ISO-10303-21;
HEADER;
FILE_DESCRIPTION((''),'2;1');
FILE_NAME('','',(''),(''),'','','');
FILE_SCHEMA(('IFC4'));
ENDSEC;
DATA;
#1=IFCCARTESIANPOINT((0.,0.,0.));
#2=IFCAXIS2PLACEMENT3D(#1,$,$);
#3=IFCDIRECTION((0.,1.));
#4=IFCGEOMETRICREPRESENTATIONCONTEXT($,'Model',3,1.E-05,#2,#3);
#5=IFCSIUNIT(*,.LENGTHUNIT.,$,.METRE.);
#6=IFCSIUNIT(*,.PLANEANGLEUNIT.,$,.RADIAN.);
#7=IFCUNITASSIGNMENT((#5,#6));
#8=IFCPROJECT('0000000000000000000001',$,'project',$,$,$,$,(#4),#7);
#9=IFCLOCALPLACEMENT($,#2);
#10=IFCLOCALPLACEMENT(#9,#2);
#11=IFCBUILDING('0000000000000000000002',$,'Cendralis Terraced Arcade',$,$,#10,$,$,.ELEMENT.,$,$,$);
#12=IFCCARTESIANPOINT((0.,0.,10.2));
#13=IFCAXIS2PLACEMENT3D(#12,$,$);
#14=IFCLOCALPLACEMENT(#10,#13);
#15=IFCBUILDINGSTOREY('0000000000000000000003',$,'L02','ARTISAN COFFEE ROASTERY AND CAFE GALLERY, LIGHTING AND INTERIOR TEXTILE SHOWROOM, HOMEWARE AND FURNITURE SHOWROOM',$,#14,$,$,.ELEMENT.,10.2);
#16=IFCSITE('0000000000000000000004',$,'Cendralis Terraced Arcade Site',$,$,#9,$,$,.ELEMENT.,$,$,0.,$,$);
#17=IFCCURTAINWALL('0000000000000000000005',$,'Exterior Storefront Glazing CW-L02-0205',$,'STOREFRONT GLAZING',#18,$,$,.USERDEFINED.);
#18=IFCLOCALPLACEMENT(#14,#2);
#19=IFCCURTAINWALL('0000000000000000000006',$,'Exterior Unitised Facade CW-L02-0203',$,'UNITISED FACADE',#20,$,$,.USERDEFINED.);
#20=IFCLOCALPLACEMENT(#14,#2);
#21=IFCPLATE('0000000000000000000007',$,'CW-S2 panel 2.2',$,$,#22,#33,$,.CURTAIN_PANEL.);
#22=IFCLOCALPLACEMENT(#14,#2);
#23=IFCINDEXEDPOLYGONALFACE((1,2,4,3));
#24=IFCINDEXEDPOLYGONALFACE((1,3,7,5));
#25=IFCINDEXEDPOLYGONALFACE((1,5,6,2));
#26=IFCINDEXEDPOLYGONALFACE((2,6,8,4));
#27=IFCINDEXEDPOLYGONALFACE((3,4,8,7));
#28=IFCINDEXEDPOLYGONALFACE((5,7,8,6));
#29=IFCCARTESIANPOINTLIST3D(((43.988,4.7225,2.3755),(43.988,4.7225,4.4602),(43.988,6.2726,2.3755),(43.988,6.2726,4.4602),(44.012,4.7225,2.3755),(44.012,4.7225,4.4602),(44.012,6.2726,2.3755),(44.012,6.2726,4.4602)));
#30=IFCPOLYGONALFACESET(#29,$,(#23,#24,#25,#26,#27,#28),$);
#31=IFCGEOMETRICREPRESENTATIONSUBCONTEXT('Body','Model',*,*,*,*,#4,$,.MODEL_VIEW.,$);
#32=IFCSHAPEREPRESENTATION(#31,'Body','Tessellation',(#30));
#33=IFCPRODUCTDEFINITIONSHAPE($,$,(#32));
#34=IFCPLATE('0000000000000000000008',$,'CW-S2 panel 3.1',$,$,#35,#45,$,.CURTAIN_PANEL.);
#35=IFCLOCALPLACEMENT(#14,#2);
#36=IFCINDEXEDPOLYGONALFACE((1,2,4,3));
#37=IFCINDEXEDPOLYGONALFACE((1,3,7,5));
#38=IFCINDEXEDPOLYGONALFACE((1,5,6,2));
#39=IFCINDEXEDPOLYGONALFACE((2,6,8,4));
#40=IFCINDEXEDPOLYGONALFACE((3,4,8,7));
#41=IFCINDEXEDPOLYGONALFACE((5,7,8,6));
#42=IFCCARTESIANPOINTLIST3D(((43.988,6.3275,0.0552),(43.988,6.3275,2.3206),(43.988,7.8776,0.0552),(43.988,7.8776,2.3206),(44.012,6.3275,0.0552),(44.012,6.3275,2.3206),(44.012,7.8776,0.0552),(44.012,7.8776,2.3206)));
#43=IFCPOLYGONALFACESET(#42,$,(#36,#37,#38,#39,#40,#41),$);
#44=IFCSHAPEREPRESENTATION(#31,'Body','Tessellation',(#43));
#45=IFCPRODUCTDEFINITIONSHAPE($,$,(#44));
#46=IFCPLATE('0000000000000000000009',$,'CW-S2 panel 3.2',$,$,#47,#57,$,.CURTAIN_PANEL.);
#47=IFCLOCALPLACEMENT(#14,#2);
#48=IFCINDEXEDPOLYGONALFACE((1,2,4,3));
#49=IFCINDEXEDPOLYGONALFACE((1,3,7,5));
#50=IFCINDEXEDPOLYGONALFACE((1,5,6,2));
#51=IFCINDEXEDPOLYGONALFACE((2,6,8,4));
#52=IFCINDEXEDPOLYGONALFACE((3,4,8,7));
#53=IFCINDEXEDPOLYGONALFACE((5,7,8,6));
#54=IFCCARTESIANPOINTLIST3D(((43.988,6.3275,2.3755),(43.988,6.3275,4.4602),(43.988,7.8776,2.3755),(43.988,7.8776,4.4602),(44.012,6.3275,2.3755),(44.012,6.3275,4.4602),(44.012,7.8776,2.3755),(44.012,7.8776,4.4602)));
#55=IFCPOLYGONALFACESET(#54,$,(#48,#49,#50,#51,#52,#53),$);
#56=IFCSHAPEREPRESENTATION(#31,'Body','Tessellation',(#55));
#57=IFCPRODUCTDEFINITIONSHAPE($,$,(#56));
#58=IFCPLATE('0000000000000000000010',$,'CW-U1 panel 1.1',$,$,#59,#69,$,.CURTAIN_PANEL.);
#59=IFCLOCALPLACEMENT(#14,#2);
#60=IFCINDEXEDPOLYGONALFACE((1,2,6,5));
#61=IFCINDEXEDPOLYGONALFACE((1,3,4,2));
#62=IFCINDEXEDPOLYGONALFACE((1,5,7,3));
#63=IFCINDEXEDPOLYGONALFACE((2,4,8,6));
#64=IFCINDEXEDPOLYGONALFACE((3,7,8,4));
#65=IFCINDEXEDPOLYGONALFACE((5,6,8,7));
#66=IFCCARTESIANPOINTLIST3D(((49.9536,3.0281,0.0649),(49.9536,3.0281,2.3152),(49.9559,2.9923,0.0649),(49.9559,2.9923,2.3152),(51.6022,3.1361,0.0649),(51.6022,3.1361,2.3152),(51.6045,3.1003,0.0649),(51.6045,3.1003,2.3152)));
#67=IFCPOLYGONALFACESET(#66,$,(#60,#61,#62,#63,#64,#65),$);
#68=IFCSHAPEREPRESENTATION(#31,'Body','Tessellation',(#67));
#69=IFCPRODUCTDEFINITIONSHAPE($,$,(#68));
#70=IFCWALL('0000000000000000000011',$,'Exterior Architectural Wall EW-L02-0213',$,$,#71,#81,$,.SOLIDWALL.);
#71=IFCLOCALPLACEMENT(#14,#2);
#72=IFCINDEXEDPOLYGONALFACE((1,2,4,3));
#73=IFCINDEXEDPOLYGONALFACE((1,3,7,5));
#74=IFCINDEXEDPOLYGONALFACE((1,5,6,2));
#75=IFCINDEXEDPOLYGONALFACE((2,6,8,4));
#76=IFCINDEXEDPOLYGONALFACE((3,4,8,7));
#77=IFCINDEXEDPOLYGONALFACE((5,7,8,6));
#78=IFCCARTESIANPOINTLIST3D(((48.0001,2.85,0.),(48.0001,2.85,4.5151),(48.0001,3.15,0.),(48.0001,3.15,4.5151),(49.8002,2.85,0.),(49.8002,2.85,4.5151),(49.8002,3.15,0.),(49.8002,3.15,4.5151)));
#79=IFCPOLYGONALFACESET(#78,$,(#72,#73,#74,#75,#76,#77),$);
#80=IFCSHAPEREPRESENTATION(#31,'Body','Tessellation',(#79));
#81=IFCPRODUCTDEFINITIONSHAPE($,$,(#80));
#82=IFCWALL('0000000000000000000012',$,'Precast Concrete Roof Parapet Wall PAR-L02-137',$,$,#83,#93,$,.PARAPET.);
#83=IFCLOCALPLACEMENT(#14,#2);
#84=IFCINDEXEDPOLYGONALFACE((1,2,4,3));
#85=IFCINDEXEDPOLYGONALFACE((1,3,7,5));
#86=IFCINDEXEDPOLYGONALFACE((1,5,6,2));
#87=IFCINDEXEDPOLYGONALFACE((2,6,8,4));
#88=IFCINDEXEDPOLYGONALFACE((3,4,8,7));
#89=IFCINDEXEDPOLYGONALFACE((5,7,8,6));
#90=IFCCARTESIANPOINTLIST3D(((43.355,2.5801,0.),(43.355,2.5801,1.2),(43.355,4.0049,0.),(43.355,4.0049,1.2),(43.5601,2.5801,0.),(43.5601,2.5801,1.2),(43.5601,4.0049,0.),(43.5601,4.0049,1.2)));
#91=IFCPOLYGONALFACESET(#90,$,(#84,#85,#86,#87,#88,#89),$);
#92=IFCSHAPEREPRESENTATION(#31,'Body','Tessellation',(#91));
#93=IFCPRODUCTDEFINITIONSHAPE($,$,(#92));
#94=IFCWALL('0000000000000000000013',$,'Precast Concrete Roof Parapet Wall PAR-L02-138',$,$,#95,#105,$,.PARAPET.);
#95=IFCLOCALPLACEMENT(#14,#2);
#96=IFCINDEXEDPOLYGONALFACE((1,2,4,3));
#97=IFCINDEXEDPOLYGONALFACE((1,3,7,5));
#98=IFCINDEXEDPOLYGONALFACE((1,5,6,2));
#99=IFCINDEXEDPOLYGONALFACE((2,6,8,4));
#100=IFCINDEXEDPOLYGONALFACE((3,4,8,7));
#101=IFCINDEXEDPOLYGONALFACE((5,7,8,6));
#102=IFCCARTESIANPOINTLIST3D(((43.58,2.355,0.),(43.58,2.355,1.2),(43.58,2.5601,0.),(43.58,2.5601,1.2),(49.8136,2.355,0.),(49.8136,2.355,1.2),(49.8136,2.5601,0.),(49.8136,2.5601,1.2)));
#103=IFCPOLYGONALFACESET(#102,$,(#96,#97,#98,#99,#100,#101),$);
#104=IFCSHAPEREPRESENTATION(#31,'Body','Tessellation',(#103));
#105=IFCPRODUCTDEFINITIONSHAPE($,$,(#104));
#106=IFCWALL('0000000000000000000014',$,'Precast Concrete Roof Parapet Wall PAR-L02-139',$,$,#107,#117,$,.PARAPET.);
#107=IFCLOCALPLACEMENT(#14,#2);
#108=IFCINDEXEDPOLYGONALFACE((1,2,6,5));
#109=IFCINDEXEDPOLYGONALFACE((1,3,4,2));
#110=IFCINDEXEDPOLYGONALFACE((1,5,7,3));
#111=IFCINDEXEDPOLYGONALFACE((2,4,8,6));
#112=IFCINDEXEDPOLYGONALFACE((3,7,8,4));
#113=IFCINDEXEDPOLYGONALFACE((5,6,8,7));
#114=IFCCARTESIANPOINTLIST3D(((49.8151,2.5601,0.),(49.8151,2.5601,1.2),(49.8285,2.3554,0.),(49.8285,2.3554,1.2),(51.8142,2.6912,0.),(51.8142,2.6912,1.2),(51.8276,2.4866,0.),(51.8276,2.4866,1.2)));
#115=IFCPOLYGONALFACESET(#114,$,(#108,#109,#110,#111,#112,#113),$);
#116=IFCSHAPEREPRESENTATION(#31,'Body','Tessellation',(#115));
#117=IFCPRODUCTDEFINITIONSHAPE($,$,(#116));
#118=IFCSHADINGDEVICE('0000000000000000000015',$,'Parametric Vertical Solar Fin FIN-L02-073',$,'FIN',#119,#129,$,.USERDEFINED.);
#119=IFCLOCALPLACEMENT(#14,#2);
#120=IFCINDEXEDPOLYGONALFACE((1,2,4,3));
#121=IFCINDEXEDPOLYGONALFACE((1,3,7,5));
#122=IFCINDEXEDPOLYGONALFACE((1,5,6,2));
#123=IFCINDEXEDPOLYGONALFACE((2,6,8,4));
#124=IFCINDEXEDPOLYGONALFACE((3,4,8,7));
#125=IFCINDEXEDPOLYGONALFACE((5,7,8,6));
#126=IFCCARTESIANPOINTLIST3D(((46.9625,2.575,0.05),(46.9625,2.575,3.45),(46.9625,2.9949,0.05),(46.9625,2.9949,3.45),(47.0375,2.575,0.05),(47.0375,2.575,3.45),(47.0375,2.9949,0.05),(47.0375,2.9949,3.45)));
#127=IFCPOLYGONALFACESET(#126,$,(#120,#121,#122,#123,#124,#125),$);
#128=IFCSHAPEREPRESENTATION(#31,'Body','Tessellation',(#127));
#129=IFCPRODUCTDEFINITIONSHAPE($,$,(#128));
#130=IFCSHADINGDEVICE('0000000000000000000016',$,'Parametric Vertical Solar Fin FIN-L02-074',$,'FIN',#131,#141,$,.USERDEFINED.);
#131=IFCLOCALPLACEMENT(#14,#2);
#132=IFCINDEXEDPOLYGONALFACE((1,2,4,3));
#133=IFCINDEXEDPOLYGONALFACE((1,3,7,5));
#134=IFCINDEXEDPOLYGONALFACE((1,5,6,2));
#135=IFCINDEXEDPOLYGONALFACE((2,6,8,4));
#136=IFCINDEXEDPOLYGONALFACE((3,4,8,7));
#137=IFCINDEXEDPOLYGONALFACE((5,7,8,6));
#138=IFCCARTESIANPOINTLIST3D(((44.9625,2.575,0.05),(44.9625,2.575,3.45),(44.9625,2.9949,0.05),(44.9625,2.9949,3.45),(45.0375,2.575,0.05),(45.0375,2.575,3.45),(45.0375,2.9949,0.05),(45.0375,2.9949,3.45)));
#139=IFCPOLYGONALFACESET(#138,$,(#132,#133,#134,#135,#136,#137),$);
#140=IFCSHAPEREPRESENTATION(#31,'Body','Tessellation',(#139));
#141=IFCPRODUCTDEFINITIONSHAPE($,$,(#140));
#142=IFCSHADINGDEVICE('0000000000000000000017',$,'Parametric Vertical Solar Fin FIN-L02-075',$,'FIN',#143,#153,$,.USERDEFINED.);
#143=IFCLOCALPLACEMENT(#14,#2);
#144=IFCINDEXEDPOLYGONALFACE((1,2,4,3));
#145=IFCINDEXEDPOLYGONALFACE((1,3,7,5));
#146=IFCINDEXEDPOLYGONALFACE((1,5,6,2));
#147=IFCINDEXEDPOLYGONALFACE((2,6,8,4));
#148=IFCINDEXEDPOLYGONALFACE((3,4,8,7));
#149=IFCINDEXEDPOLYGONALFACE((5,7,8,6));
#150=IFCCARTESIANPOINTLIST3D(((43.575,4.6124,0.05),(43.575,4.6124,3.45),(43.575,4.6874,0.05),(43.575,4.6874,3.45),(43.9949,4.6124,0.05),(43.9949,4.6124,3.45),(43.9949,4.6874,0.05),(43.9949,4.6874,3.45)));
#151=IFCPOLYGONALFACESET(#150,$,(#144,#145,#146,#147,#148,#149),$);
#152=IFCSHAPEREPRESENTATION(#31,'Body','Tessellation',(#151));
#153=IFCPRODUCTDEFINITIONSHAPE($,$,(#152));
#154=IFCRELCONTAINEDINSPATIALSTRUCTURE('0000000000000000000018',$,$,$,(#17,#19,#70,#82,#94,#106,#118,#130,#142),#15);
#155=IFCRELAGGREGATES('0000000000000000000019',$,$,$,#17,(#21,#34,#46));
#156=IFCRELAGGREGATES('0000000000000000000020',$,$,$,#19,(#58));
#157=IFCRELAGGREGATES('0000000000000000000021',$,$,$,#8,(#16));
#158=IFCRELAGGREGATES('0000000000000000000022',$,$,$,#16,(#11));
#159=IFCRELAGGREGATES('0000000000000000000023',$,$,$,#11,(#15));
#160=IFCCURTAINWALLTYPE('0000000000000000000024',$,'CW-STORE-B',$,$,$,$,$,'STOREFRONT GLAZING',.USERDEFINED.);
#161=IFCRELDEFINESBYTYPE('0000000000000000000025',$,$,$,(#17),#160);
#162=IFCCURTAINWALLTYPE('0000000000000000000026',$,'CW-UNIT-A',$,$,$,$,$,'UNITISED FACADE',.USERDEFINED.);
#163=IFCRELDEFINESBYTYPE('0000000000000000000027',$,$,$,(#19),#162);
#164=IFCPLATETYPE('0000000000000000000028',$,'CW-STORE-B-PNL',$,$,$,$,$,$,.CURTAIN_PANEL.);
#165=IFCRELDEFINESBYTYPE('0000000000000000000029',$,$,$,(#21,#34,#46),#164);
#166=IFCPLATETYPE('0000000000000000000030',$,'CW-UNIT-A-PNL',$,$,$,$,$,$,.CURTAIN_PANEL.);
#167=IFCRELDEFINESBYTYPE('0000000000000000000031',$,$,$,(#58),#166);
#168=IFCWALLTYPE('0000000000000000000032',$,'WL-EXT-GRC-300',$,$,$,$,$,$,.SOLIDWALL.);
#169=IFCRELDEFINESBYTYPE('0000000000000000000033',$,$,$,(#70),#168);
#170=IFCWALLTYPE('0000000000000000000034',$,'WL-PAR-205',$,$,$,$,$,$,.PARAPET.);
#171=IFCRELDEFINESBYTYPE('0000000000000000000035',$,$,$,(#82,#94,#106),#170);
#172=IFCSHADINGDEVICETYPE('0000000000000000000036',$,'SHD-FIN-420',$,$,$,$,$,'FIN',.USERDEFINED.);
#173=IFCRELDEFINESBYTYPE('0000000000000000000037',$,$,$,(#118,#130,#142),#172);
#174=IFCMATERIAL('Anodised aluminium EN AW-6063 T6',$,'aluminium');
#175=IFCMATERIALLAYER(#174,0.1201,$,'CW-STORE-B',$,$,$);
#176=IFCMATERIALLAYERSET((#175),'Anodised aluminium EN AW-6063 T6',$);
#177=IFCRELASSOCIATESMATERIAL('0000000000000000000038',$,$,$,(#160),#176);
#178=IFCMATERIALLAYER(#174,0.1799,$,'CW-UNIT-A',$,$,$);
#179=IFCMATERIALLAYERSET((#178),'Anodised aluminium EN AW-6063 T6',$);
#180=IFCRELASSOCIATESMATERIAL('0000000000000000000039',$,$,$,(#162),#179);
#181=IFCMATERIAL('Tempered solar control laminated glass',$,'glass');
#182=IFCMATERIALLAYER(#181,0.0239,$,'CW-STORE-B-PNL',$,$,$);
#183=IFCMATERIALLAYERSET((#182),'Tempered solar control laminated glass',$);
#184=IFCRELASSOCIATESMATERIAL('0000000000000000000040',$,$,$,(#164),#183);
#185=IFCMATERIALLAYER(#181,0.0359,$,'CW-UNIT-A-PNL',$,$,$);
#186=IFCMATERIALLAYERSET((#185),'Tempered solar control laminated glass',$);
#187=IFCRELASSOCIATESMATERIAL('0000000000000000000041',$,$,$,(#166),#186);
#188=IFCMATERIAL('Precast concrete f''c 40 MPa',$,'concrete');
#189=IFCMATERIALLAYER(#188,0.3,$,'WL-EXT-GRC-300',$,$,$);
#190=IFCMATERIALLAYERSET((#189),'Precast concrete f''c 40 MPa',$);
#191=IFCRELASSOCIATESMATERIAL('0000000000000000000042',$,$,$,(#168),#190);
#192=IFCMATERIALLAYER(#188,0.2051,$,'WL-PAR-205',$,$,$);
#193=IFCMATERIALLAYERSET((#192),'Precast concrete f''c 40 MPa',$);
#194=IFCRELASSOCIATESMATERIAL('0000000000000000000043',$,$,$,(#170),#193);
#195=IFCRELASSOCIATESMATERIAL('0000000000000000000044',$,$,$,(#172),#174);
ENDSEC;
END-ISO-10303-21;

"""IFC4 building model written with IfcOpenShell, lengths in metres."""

from ifc_helpers import new_model, si_unit, direction, frame, frame_2d, origin, origin_2d, place, context, subcontext, project, spatial, rectangle, extrude, material, layer, layer_set, type_object, element, aggregate, save


model = new_model("IFC4")

# Units and contexts
model_context = context("Model", 3, precision=1e-05, world=origin(), true_north=direction((0.0, 1.0)))
body_context = subcontext(model_context, "Body", "Model", "MODEL_VIEW")
ifc_project = project(units=[si_unit("LENGTHUNIT", "METRE"), si_unit("PLANEANGLEUNIT", "RADIAN")], contexts=[model_context])

# Site, building, storey
site_placement = place(None, origin())
site = spatial("IfcSite", under=ifc_project, at=site_placement, Name="Cendralis Terraced Arcade Site", CompositionType="ELEMENT", RefElevation=0.0)
building_placement = place(site_placement, origin())
building = spatial("IfcBuilding", under=site, at=building_placement, Name="Cendralis Terraced Arcade", CompositionType="ELEMENT")
storey_placement = place(building_placement, frame((0.0, 0.0, 10.2)))
storey = spatial("IfcBuildingStorey", under=building, at=storey_placement, Name="L02", Description="ARTISAN COFFEE ROASTERY AND CAFE GALLERY, LIGHTING AND INTERIOR TEXTILE SHOWROOM, HOMEWARE AND FURNITURE SHOWROOM", CompositionType="ELEMENT", Elevation=10.2)

# Curtain wall
ifc_material_1 = material(Name="Anodised aluminium EN AW-6063 T6", Category="aluminium")
ifc_layer_1 = layer(ifc_material_1, 0.1201, Name="CW-STORE-B")
ifc_layer_set_1 = layer_set([ifc_layer_1], Name="Anodised aluminium EN AW-6063 T6")
curtain_wall_type_1 = type_object("IfcCurtainWallType", Name="CW-STORE-B", ElementType="STOREFRONT GLAZING", PredefinedType="USERDEFINED", material=ifc_layer_set_1)
curtain_wall_1_placement = place(storey_placement, origin())
curtain_wall_1 = element("IfcCurtainWall", 1, at=curtain_wall_1_placement, inside=storey, type_object=curtain_wall_type_1, Name="Exterior Storefront Glazing CW-L02-0205", ObjectType="STOREFRONT GLAZING", PredefinedType="USERDEFINED")

# Curtain wall
ifc_layer_2 = layer(ifc_material_1, 0.1799, Name="CW-UNIT-A")
ifc_layer_set_2 = layer_set([ifc_layer_2], Name="Anodised aluminium EN AW-6063 T6")
curtain_wall_type_2 = type_object("IfcCurtainWallType", Name="CW-UNIT-A", ElementType="UNITISED FACADE", PredefinedType="USERDEFINED", material=ifc_layer_set_2)
curtain_wall_2_placement = place(storey_placement, origin())
curtain_wall_2 = element("IfcCurtainWall", 2, at=curtain_wall_2_placement, inside=storey, type_object=curtain_wall_type_2, Name="Exterior Unitised Facade CW-L02-0203", ObjectType="UNITISED FACADE", PredefinedType="USERDEFINED")

# Plates
ifc_material_2 = material(Name="Tempered solar control laminated glass", Category="glass")
ifc_layer_3 = layer(ifc_material_2, 0.0239, Name="CW-STORE-B-PNL")
ifc_layer_set_3 = layer_set([ifc_layer_3], Name="Tempered solar control laminated glass")
plate_type_1 = type_object("IfcPlateType", Name="CW-STORE-B-PNL", PredefinedType="CURTAIN_PANEL", material=ifc_layer_set_3)
plate_1_placement = place(storey_placement, frame((44.0, 5.4976, 2.3755), z_axis=(0.0, 0.0, 1.0), x_axis=(0.0, 1.0, 0.0)))
plate_1 = element("IfcPlate", 3, at=plate_1_placement, type_object=plate_type_1, Name="CW-S2 panel 2.2", PredefinedType="CURTAIN_PANEL", context=body_context, shape_type="SweptSolid", body=[
    extrude(rectangle(XDim=1.55, YDim=0.0239, at=origin_2d()), origin(), (0.0, 0.0, 1.0), 2.0847),
])
plate_2_placement = place(storey_placement, frame((44.0, 7.1025, 0.0552), z_axis=(0.0, 0.0, 1.0), x_axis=(0.0, 1.0, 0.0)))
plate_2 = element("IfcPlate", 4, at=plate_2_placement, type_object=plate_type_1, Name="CW-S2 panel 3.1", PredefinedType="CURTAIN_PANEL", context=body_context, shape_type="SweptSolid", body=[
    extrude(rectangle(XDim=1.55, YDim=0.0239, at=origin_2d()), origin(), (0.0, 0.0, 1.0), 2.2654),
])
plate_3_placement = place(storey_placement, frame((44.0, 7.1025, 2.3755), z_axis=(0.0, 0.0, 1.0), x_axis=(0.0, 1.0, 0.0)))
plate_3 = element("IfcPlate", 5, at=plate_3_placement, type_object=plate_type_1, Name="CW-S2 panel 3.2", PredefinedType="CURTAIN_PANEL", context=body_context, shape_type="SweptSolid", body=[
    extrude(rectangle(XDim=1.55, YDim=0.0239, at=origin_2d()), origin(), (0.0, 0.0, 1.0), 2.0847),
])
aggregate(curtain_wall_1, [plate_1, plate_2, plate_3])
ifc_layer_4 = layer(ifc_material_2, 0.0359, Name="CW-UNIT-A-PNL")
ifc_layer_set_4 = layer_set([ifc_layer_4], Name="Tempered solar control laminated glass")
plate_type_2 = type_object("IfcPlateType", Name="CW-UNIT-A-PNL", PredefinedType="CURTAIN_PANEL", material=ifc_layer_set_4)
plate_4_placement = place(storey_placement, frame((50.7791, 3.0642, 0.0649), z_axis=(0.0, 0.0, 1.0), x_axis=(-0.997861, -0.065372, 0.0)))
plate_4 = element("IfcPlate", 6, at=plate_4_placement, type_object=plate_type_2, Name="CW-U1 panel 1.1", PredefinedType="CURTAIN_PANEL", context=body_context, shape_type="SweptSolid", body=[
    extrude(rectangle(XDim=1.6521, YDim=0.0359, at=origin_2d()), origin(), (0.0, 0.0, 1.0), 2.2502),
])
aggregate(curtain_wall_2, [plate_4])

# Walls
ifc_material_3 = material(Name="Precast concrete f'c 40 MPa", Category="concrete")
ifc_layer_5 = layer(ifc_material_3, 0.3, Name="WL-EXT-GRC-300")
ifc_layer_set_5 = layer_set([ifc_layer_5], Name="Precast concrete f'c 40 MPa")
wall_type_1 = type_object("IfcWallType", Name="WL-EXT-GRC-300", PredefinedType="SOLIDWALL", material=ifc_layer_set_5)
wall_1_placement = place(storey_placement, frame((49.8, 3.0, 0.0), z_axis=(0.0, 0.0, 1.0), x_axis=(-1.0, 0.0, 0.0)))
element("IfcWall", 7, at=wall_1_placement, inside=storey, type_object=wall_type_1, Name="Exterior Architectural Wall EW-L02-0213", PredefinedType="SOLIDWALL", context=body_context, shape_type="SweptSolid", body=[
    extrude(rectangle(XDim=1.8, YDim=0.3, at=frame_2d((0.8999, 0.0))), origin(), (0.0, 0.0, 1.0), 4.5151),
])
ifc_layer_6 = layer(ifc_material_3, 0.2051, Name="WL-PAR-205")
ifc_layer_set_6 = layer_set([ifc_layer_6], Name="Precast concrete f'c 40 MPa")
wall_type_2 = type_object("IfcWallType", Name="WL-PAR-205", PredefinedType="PARAPET", material=ifc_layer_set_6)
wall_2_placement = place(storey_placement, frame((43.4575, 4.0049, 0.0), z_axis=(0.0, 0.0, 1.0), x_axis=(0.0, -1.0, 0.0)))
element("IfcWall", 8, at=wall_2_placement, inside=storey, type_object=wall_type_2, Name="Precast Concrete Roof Parapet Wall PAR-L02-137", PredefinedType="PARAPET", context=body_context, shape_type="SweptSolid", body=[
    extrude(rectangle(XDim=1.4248, YDim=0.2051, at=frame_2d((0.7124, 0.0))), origin(), (0.0, 0.0, 1.0), 1.2),
])
wall_3_placement = place(storey_placement, frame((43.5801, 2.4575, 0.0), z_axis=(0.0, 0.0, 1.0), x_axis=(1.0, 0.0, 0.0)))
element("IfcWall", 9, at=wall_3_placement, inside=storey, type_object=wall_type_2, Name="Precast Concrete Roof Parapet Wall PAR-L02-138", PredefinedType="PARAPET", context=body_context, shape_type="SweptSolid", body=[
    extrude(rectangle(XDim=6.2336, YDim=0.2051, at=frame_2d((3.1167, 0.0))), origin(), (0.0, 0.0, 1.0), 1.2),
])
wall_4_placement = place(storey_placement, frame((49.8218, 2.4578, 0.0), z_axis=(0.0, 0.0, 1.0), x_axis=(0.997856, 0.065443, 0.0)))
element("IfcWall", 10, at=wall_4_placement, inside=storey, type_object=wall_type_2, Name="Precast Concrete Roof Parapet Wall PAR-L02-139", PredefinedType="PARAPET", context=body_context, shape_type="SweptSolid", body=[
    extrude(rectangle(XDim=2.0034, YDim=0.2051, at=frame_2d((1.0017, 0.0))), origin(), (0.0, 0.0, 1.0), 1.2),
])

# Shading devices
shading_device_type = type_object("IfcShadingDeviceType", Name="SHD-FIN-420", ElementType="FIN", PredefinedType="USERDEFINED", material=ifc_material_1)
for number, where, z_axis, x_axis, name in (
    (11, (47.0, 2.7849, 0.05), (0.0, 0.0, 1.0), (-1.0, 0.0, 0.0), "Parametric Vertical Solar Fin FIN-L02-073"),
    (12, (45.0, 2.7849, 0.05), (0.0, 0.0, 1.0), (-1.0, 0.0, 0.0), "Parametric Vertical Solar Fin FIN-L02-074"),
    (13, (43.7849, 4.6499, 0.05), (0.0, 0.0, 1.0), (0.0, 1.0, 0.0), "Parametric Vertical Solar Fin FIN-L02-075"),
):
    element("IfcShadingDevice", number, at=place(storey_placement, frame(where, z_axis=z_axis, x_axis=x_axis)), inside=storey, type_object=shading_device_type, Name=name, ObjectType="FIN", PredefinedType="USERDEFINED", context=body_context, shape_type="SweptSolid", body=[
        extrude(rectangle(XDim=0.075, YDim=0.4199, at=origin_2d()), origin(), (0.0, 0.0, 1.0), 3.3999),
    ])

save(model, "model.ifc")
